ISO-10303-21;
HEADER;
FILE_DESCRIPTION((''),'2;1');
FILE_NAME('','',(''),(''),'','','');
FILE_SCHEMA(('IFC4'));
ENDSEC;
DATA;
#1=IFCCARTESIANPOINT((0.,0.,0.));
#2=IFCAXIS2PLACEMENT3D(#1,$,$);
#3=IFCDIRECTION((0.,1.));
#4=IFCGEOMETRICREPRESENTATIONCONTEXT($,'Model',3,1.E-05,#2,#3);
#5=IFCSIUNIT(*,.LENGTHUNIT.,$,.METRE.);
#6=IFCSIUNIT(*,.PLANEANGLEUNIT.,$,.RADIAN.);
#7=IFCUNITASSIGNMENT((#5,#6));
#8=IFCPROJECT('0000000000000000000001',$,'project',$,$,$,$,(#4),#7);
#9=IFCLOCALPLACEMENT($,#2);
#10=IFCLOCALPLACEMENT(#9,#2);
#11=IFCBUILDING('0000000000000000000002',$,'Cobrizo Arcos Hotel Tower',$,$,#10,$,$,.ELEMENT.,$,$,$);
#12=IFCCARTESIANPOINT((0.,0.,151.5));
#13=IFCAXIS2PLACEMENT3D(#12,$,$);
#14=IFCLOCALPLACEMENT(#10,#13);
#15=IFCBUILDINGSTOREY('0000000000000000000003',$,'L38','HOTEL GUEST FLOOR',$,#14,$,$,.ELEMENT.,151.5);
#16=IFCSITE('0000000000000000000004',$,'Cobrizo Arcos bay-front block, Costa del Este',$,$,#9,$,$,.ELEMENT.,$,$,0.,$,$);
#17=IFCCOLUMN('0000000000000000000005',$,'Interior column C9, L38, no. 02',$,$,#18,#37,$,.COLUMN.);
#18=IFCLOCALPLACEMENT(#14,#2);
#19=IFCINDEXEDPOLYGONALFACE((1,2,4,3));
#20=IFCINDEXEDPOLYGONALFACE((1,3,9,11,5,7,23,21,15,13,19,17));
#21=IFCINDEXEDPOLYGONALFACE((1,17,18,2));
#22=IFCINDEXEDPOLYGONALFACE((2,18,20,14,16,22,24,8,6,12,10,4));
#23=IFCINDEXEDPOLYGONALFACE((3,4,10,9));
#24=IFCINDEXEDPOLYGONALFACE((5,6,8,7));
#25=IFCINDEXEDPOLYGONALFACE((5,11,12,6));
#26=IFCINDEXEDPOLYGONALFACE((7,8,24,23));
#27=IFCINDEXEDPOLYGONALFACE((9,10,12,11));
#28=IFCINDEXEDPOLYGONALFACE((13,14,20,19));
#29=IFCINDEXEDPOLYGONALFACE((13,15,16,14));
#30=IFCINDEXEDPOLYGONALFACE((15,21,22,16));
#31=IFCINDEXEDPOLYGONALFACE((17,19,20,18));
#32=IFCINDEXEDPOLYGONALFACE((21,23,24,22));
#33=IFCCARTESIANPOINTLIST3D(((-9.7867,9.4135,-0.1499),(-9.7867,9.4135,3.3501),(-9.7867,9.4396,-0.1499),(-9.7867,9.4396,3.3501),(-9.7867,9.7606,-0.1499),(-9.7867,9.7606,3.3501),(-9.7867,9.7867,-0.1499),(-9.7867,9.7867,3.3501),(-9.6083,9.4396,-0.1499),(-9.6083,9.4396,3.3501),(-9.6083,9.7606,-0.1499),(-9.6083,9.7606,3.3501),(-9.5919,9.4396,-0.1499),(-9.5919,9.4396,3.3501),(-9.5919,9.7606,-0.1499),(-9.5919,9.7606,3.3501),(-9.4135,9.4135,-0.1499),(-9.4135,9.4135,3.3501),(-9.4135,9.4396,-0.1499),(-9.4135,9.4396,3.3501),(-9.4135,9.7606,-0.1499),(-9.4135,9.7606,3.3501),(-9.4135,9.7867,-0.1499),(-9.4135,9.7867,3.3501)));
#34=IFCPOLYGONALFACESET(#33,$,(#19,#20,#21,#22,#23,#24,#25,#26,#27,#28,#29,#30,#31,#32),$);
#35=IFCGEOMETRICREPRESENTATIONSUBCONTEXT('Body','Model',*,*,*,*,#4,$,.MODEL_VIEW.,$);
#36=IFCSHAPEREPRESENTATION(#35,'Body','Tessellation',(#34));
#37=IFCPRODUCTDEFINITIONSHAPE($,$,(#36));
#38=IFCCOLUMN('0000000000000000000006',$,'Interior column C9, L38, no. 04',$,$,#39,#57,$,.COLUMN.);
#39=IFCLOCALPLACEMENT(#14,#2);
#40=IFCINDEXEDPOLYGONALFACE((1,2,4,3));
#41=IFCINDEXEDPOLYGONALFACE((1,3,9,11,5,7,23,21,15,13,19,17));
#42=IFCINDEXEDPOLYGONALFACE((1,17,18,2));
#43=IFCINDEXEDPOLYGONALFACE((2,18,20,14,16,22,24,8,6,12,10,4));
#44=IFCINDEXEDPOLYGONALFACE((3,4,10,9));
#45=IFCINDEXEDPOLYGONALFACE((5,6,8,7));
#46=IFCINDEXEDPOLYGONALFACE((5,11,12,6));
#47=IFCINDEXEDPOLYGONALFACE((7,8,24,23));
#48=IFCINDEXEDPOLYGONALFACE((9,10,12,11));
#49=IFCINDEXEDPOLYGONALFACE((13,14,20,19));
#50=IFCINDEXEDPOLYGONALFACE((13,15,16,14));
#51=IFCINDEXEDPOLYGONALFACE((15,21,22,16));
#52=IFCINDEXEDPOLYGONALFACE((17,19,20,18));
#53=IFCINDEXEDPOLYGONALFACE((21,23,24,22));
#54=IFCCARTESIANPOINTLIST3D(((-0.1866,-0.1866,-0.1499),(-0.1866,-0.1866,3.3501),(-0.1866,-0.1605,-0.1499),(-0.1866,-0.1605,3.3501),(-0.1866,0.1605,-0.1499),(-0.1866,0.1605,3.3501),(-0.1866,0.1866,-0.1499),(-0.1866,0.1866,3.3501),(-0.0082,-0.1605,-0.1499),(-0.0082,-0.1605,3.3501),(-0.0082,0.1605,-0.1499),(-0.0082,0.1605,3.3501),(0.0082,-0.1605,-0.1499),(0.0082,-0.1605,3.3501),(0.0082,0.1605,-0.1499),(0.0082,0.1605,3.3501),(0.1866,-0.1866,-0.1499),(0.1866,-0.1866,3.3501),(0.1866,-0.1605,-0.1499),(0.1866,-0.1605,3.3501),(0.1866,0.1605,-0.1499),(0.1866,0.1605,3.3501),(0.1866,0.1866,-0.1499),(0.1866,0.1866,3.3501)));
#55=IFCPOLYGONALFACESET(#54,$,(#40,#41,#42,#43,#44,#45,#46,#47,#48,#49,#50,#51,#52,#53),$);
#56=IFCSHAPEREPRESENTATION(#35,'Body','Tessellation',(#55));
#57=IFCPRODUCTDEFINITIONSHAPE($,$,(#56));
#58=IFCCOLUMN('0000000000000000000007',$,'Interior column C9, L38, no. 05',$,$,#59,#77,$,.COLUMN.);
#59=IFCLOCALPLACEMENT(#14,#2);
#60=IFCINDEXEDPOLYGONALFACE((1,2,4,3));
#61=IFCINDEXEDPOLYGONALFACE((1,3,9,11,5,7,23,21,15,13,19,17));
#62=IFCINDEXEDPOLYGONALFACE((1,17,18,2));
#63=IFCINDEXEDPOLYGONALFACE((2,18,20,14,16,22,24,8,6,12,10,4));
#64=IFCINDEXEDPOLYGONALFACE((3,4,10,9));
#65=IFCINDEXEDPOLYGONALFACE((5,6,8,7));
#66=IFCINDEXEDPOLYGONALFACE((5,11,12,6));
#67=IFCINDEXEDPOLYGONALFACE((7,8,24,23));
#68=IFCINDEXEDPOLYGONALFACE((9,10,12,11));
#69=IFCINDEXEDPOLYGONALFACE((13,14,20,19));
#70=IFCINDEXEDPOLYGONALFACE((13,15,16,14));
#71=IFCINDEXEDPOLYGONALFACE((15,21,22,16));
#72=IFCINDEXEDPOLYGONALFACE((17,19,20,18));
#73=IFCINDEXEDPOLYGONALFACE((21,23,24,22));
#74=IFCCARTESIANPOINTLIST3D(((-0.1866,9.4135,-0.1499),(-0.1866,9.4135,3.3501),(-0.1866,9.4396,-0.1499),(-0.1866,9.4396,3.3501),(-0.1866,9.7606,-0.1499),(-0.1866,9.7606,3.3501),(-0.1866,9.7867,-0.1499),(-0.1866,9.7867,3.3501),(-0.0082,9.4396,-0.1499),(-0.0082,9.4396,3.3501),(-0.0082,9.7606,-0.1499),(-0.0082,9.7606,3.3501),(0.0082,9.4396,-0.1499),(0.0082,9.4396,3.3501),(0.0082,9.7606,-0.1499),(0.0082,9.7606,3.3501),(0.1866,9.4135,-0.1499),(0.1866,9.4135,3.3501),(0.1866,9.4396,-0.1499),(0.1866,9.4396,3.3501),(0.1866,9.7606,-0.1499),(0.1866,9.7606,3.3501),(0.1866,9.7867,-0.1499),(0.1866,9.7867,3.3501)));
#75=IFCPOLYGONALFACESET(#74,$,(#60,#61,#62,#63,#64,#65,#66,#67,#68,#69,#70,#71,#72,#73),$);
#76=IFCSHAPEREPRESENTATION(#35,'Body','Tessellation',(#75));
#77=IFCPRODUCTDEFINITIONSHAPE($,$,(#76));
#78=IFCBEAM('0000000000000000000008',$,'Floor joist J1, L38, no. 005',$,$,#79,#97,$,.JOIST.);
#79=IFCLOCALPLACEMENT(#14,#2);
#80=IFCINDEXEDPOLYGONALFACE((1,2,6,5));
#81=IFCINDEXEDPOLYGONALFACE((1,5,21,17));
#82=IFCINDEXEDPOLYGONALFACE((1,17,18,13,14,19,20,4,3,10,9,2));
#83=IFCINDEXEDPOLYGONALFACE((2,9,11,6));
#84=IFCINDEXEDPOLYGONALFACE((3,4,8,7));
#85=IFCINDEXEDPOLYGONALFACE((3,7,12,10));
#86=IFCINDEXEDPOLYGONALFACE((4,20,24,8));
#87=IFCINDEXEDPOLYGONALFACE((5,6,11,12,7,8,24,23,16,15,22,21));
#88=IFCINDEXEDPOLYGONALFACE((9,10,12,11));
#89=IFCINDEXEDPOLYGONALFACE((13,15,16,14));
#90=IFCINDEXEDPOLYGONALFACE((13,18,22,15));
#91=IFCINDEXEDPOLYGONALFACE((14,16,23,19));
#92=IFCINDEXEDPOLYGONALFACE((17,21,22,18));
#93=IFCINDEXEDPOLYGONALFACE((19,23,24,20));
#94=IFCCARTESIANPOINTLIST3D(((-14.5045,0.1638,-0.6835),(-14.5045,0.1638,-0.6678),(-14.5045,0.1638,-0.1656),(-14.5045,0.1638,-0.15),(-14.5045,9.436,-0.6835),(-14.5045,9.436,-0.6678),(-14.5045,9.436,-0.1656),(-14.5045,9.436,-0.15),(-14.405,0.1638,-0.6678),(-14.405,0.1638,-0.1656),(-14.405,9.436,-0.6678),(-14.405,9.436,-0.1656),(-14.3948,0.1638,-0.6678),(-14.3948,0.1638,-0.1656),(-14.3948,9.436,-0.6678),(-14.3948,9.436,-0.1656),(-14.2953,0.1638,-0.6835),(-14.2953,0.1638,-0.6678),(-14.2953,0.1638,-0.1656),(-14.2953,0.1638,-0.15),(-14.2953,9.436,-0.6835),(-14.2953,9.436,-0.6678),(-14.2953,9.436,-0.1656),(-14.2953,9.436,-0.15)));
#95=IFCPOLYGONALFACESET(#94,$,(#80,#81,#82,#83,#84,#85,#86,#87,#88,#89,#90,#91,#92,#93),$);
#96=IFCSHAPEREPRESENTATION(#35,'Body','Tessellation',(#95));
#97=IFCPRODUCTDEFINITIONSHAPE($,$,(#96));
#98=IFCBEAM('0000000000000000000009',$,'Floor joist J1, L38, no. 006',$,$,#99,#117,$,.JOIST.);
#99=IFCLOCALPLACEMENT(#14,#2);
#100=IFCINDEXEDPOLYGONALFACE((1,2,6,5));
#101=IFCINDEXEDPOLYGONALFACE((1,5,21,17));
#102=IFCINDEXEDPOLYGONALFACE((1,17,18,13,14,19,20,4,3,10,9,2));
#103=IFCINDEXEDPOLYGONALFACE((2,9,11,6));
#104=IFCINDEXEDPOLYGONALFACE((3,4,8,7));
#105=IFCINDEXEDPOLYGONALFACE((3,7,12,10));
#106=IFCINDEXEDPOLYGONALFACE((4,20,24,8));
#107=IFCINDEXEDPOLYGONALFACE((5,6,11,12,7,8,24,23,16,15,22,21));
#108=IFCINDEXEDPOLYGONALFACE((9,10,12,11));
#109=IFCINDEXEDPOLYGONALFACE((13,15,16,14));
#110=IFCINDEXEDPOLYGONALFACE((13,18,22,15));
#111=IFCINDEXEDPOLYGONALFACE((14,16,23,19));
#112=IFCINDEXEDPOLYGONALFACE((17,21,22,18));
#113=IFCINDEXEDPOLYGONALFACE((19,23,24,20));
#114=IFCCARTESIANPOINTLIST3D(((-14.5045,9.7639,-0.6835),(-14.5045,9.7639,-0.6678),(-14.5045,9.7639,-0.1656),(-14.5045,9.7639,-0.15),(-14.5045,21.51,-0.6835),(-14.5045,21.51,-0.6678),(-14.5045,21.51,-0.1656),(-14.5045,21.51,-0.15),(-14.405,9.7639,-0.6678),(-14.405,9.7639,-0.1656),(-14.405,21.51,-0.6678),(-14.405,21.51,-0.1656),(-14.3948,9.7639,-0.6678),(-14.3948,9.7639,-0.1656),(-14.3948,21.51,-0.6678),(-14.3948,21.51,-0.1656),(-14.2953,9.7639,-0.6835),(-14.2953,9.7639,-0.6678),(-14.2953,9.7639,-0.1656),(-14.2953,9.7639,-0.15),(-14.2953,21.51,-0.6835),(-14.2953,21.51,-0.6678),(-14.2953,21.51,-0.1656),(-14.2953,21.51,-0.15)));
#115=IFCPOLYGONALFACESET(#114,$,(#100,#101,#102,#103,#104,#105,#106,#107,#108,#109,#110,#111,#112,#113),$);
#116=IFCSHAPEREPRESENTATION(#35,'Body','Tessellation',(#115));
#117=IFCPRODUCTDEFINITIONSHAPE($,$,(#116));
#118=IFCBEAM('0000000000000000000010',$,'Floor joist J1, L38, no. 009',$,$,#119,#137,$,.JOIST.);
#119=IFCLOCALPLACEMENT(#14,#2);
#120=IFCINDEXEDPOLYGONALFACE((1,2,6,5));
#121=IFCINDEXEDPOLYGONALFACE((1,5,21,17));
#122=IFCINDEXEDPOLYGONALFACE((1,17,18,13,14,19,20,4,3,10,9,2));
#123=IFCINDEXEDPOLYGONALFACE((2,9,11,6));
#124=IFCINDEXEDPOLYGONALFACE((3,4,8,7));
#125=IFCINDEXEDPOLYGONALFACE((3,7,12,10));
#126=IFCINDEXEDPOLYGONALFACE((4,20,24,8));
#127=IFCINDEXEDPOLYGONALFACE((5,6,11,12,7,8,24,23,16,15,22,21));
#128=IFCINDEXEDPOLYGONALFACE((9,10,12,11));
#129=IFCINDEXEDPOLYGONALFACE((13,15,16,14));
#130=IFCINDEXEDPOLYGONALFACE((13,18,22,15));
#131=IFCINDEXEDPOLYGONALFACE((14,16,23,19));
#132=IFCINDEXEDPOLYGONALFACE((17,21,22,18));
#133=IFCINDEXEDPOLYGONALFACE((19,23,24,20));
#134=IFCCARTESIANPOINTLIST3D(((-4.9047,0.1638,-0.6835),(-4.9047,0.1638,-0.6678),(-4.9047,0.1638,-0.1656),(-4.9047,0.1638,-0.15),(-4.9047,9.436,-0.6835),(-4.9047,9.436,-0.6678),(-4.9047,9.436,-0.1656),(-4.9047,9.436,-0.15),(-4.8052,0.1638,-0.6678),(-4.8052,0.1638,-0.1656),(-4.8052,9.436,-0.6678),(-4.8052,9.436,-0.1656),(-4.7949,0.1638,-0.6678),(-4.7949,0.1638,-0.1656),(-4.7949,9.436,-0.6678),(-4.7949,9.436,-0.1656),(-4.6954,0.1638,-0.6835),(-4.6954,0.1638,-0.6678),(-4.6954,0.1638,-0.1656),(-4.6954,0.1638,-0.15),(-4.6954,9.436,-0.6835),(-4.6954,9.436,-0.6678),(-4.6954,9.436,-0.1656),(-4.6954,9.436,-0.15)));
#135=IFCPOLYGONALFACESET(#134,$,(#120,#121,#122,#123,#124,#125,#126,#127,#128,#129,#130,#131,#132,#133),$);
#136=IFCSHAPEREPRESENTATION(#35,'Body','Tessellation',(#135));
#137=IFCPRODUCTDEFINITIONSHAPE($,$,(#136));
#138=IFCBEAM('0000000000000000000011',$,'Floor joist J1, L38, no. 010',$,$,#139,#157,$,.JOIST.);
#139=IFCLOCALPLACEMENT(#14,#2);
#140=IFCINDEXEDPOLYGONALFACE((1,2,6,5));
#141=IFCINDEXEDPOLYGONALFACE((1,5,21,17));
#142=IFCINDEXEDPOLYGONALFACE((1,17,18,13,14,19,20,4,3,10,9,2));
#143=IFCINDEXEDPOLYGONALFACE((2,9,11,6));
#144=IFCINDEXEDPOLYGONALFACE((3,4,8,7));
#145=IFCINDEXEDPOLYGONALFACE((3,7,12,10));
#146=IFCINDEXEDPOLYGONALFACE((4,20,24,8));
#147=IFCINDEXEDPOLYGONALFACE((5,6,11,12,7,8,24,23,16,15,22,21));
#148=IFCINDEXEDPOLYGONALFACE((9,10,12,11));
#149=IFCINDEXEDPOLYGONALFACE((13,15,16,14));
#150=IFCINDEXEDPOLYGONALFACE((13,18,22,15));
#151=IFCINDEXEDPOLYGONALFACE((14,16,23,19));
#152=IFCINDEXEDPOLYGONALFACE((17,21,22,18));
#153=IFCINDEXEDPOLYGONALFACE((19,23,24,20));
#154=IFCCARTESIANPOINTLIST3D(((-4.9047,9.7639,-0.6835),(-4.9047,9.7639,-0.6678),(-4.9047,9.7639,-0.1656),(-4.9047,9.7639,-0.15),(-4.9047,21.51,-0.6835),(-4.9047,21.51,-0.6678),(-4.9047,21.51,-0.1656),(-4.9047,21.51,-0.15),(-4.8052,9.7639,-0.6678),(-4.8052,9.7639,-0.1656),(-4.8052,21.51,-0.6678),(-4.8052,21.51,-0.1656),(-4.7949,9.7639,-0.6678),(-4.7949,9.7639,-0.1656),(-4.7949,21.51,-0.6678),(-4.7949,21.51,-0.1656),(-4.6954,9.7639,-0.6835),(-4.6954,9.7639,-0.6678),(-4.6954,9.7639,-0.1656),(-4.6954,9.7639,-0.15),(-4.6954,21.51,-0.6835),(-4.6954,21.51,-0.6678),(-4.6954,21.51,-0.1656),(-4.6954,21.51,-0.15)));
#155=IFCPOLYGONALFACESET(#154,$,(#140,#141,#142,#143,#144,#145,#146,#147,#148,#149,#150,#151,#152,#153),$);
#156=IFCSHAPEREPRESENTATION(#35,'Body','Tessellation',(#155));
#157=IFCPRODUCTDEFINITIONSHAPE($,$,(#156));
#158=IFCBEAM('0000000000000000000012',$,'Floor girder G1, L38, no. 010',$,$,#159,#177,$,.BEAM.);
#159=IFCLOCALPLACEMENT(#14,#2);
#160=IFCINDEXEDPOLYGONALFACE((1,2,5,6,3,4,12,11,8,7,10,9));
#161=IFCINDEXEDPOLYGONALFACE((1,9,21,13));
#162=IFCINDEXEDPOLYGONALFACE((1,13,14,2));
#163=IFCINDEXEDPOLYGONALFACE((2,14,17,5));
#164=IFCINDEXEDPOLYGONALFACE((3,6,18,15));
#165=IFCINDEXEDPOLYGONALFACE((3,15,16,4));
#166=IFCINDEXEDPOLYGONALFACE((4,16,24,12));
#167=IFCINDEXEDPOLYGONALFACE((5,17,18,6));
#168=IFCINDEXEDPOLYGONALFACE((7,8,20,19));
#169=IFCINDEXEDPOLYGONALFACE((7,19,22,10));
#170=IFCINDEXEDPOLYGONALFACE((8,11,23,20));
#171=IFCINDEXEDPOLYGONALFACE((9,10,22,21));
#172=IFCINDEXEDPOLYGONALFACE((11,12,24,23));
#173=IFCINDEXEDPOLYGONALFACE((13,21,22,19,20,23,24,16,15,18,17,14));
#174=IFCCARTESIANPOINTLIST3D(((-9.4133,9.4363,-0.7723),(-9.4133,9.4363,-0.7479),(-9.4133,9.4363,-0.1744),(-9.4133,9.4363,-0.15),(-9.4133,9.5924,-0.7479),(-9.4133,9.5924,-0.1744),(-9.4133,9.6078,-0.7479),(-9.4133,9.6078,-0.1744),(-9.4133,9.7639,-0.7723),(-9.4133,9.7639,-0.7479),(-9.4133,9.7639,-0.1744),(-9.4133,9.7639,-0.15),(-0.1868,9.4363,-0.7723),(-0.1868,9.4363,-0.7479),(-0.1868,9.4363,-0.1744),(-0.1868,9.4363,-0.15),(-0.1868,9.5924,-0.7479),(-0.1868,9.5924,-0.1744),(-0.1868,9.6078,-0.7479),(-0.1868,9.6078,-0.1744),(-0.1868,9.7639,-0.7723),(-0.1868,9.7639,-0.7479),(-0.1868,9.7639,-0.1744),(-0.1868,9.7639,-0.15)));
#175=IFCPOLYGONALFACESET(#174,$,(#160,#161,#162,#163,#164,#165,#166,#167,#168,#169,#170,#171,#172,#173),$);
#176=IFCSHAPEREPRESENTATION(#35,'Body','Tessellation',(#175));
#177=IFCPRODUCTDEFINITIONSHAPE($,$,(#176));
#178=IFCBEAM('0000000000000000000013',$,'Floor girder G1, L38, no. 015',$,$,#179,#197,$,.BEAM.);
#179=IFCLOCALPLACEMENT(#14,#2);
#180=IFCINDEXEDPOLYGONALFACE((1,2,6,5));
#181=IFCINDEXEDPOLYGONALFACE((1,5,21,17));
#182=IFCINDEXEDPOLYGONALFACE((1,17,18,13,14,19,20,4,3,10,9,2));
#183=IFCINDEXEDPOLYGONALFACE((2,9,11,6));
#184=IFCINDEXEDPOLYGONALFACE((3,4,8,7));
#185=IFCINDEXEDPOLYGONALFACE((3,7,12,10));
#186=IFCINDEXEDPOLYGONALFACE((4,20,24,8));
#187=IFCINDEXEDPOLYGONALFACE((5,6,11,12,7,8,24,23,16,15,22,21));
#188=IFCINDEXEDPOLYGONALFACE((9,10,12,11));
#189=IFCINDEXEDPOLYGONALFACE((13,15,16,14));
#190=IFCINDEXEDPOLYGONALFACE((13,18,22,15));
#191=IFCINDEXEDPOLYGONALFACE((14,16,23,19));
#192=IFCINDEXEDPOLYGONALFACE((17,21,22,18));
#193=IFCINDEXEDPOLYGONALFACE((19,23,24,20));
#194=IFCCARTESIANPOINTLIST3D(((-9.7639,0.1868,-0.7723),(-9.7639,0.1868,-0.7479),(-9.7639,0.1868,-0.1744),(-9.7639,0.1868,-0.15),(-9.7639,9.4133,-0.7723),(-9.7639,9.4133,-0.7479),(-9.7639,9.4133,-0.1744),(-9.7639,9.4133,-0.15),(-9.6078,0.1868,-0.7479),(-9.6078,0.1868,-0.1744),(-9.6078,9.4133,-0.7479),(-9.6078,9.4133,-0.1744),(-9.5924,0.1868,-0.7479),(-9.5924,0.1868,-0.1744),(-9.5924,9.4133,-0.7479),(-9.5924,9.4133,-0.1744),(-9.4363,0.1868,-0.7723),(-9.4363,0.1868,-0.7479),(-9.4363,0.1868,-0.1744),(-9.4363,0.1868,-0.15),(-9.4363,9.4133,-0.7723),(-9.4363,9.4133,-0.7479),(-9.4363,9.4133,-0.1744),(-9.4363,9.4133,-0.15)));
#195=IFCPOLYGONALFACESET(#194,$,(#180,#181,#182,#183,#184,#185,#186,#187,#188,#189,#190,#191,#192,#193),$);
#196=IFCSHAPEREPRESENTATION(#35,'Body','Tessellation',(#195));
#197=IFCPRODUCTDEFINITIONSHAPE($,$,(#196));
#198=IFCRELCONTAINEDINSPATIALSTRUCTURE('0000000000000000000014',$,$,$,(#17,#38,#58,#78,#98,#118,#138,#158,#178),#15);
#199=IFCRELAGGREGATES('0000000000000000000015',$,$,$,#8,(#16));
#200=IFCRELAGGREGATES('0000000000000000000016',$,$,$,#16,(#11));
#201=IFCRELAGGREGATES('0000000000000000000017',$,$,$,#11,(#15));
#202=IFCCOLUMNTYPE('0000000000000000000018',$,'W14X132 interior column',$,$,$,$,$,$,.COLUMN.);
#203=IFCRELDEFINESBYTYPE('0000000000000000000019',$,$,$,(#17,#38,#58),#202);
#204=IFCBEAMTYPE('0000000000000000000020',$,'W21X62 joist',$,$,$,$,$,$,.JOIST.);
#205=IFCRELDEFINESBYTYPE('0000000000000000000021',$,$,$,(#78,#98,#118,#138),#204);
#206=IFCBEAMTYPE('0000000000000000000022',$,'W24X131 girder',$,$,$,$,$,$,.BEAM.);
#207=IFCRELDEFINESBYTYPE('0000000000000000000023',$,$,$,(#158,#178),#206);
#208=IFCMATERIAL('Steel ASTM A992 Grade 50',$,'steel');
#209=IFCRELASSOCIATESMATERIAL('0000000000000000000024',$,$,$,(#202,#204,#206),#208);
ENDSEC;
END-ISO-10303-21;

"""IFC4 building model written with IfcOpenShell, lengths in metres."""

from ifc_helpers import new_model, si_unit, direction, frame, origin, origin_2d, place, context, subcontext, project, spatial, i_section, extrude, material, material_profile, profile_set, type_object, element, save


model = new_model("IFC4")

# Units and contexts
model_context = context("Model", 3, precision=1e-05, world=origin(), true_north=direction((0.0, 1.0)))
body_context = subcontext(model_context, "Body", "Model", "MODEL_VIEW")
ifc_project = project(units=[si_unit("LENGTHUNIT", "METRE"), si_unit("PLANEANGLEUNIT", "RADIAN")], contexts=[model_context])

# Site, building, storey
site_placement = place(None, origin())
site = spatial("IfcSite", under=ifc_project, at=site_placement, Name="Cobrizo Arcos bay-front block, Costa del Este", CompositionType="ELEMENT", RefElevation=0.0)
building_placement = place(site_placement, origin())
building = spatial("IfcBuilding", under=site, at=building_placement, Name="Cobrizo Arcos Hotel Tower", CompositionType="ELEMENT")
storey_placement = place(building_placement, frame((0.0, 0.0, 151.5)))
storey = spatial("IfcBuildingStorey", under=building, at=storey_placement, Name="L38", Description="HOTEL GUEST FLOOR", CompositionType="ELEMENT", Elevation=151.5)

# Columns
ifc_material_1 = material(Name="Steel ASTM A992 Grade 50", Category="steel")
ifc_material_profile_1 = material_profile(ifc_material_1, i_section(OverallWidth=0.3733, OverallDepth=0.3733, WebThickness=0.0164, FlangeThickness=0.0261, at=origin_2d()), Name="W14X132")
ifc_profile_set_1 = profile_set([ifc_material_profile_1], Name="Steel ASTM A992 Grade 50")
column_type = type_object("IfcColumnType", Name="W14X132 interior column", PredefinedType="COLUMN", material=ifc_profile_set_1)
for number, where, z_axis, x_axis, name in (
    (1, (-9.6001, 9.6001, -0.1499), (0.0, 0.0, 1.0), (1.0, 0.0, 0.0), "Interior column C9, L38, no. 02"),
    (2, (0.0, 0.0, -0.1499), (0.0, 0.0, 1.0), (1.0, 0.0, 0.0), "Interior column C9, L38, no. 04"),
    (3, (0.0, 9.6001, -0.1499), (0.0, 0.0, 1.0), (1.0, 0.0, 0.0), "Interior column C9, L38, no. 05"),
):
    element("IfcColumn", number, at=place(storey_placement, frame(where, z_axis=z_axis, x_axis=x_axis)), inside=storey, type_object=column_type, Name=name, PredefinedType="COLUMN", context=body_context, shape_type="SweptSolid", body=[
        extrude(i_section(OverallWidth=0.3733, OverallDepth=0.3733, WebThickness=0.0164, FlangeThickness=0.0261, at=origin_2d()), origin(), (0.0, 0.0, 1.0), 3.5),
    ])

# Beams
ifc_material_profile_2 = material_profile(ifc_material_1, i_section(OverallWidth=0.2092, OverallDepth=0.5334, WebThickness=0.0103, FlangeThickness=0.0156, at=origin_2d()), Name="W21X62")
ifc_profile_set_2 = profile_set([ifc_material_profile_2], Name="Steel ASTM A992 Grade 50")
beam_type_1 = type_object("IfcBeamType", Name="W21X62 joist", PredefinedType="JOIST", material=ifc_profile_set_2)
beam_1_placement = place(storey_placement, frame((-14.3999, 0.1638, -0.4167), z_axis=(0.0, 1.0, 0.0), x_axis=(-1.0, 0.0, 0.0)))
element("IfcBeam", 4, at=beam_1_placement, inside=storey, type_object=beam_type_1, Name="Floor joist J1, L38, no. 005", PredefinedType="JOIST", context=body_context, shape_type="SweptSolid", body=[
    extrude(i_section(OverallWidth=0.2092, OverallDepth=0.5334, WebThickness=0.0103, FlangeThickness=0.0156, at=origin_2d()), origin(), (0.0, 0.0, 1.0), 9.2722),
])
beam_2_placement = place(storey_placement, frame((-14.3999, 9.7639, -0.4167), z_axis=(0.0, 1.0, 0.0), x_axis=(-1.0, 0.0, 0.0)))
element("IfcBeam", 5, at=beam_2_placement, inside=storey, type_object=beam_type_1, Name="Floor joist J1, L38, no. 006", PredefinedType="JOIST", context=body_context, shape_type="SweptSolid", body=[
    extrude(i_section(OverallWidth=0.2092, OverallDepth=0.5334, WebThickness=0.0103, FlangeThickness=0.0156, at=origin_2d()), origin(), (0.0, 0.0, 1.0), 11.7461),
])
beam_3_placement = place(storey_placement, frame((-4.8, 0.1638, -0.4167), z_axis=(0.0, 1.0, 0.0), x_axis=(-1.0, 0.0, 0.0)))
element("IfcBeam", 6, at=beam_3_placement, inside=storey, type_object=beam_type_1, Name="Floor joist J1, L38, no. 009", PredefinedType="JOIST", context=body_context, shape_type="SweptSolid", body=[
    extrude(i_section(OverallWidth=0.2092, OverallDepth=0.5334, WebThickness=0.0103, FlangeThickness=0.0156, at=origin_2d()), origin(), (0.0, 0.0, 1.0), 9.2722),
])
beam_4_placement = place(storey_placement, frame((-4.8, 9.7639, -0.4167), z_axis=(0.0, 1.0, 0.0), x_axis=(-1.0, 0.0, 0.0)))
element("IfcBeam", 7, at=beam_4_placement, inside=storey, type_object=beam_type_1, Name="Floor joist J1, L38, no. 010", PredefinedType="JOIST", context=body_context, shape_type="SweptSolid", body=[
    extrude(i_section(OverallWidth=0.2092, OverallDepth=0.5334, WebThickness=0.0103, FlangeThickness=0.0156, at=origin_2d()), origin(), (0.0, 0.0, 1.0), 11.7461),
])
ifc_material_profile_3 = material_profile(ifc_material_1, i_section(OverallWidth=0.3276, OverallDepth=0.6223, WebThickness=0.0154, FlangeThickness=0.0244, at=origin_2d()), Name="W24X131")
ifc_profile_set_3 = profile_set([ifc_material_profile_3], Name="Steel ASTM A992 Grade 50")
beam_type_2 = type_object("IfcBeamType", Name="W24X131 girder", PredefinedType="BEAM", material=ifc_profile_set_3)
for number, where, z_axis, x_axis, name in (
    (8, (-9.4133, 9.6001, -0.4612), (1.0, 0.0, 0.0), (0.0, 1.0, 0.0), "Floor girder G1, L38, no. 010"),
    (9, (-9.6001, 0.1868, -0.4612), (0.0, 1.0, 0.0), (-1.0, 0.0, 0.0), "Floor girder G1, L38, no. 015"),
):
    element("IfcBeam", number, at=place(storey_placement, frame(where, z_axis=z_axis, x_axis=x_axis)), inside=storey, type_object=beam_type_2, Name=name, PredefinedType="BEAM", context=body_context, shape_type="SweptSolid", body=[
        extrude(i_section(OverallWidth=0.3276, OverallDepth=0.6223, WebThickness=0.0154, FlangeThickness=0.0244, at=origin_2d()), origin(), (0.0, 0.0, 1.0), 9.2266),
    ])

save(model, "model.ifc")
